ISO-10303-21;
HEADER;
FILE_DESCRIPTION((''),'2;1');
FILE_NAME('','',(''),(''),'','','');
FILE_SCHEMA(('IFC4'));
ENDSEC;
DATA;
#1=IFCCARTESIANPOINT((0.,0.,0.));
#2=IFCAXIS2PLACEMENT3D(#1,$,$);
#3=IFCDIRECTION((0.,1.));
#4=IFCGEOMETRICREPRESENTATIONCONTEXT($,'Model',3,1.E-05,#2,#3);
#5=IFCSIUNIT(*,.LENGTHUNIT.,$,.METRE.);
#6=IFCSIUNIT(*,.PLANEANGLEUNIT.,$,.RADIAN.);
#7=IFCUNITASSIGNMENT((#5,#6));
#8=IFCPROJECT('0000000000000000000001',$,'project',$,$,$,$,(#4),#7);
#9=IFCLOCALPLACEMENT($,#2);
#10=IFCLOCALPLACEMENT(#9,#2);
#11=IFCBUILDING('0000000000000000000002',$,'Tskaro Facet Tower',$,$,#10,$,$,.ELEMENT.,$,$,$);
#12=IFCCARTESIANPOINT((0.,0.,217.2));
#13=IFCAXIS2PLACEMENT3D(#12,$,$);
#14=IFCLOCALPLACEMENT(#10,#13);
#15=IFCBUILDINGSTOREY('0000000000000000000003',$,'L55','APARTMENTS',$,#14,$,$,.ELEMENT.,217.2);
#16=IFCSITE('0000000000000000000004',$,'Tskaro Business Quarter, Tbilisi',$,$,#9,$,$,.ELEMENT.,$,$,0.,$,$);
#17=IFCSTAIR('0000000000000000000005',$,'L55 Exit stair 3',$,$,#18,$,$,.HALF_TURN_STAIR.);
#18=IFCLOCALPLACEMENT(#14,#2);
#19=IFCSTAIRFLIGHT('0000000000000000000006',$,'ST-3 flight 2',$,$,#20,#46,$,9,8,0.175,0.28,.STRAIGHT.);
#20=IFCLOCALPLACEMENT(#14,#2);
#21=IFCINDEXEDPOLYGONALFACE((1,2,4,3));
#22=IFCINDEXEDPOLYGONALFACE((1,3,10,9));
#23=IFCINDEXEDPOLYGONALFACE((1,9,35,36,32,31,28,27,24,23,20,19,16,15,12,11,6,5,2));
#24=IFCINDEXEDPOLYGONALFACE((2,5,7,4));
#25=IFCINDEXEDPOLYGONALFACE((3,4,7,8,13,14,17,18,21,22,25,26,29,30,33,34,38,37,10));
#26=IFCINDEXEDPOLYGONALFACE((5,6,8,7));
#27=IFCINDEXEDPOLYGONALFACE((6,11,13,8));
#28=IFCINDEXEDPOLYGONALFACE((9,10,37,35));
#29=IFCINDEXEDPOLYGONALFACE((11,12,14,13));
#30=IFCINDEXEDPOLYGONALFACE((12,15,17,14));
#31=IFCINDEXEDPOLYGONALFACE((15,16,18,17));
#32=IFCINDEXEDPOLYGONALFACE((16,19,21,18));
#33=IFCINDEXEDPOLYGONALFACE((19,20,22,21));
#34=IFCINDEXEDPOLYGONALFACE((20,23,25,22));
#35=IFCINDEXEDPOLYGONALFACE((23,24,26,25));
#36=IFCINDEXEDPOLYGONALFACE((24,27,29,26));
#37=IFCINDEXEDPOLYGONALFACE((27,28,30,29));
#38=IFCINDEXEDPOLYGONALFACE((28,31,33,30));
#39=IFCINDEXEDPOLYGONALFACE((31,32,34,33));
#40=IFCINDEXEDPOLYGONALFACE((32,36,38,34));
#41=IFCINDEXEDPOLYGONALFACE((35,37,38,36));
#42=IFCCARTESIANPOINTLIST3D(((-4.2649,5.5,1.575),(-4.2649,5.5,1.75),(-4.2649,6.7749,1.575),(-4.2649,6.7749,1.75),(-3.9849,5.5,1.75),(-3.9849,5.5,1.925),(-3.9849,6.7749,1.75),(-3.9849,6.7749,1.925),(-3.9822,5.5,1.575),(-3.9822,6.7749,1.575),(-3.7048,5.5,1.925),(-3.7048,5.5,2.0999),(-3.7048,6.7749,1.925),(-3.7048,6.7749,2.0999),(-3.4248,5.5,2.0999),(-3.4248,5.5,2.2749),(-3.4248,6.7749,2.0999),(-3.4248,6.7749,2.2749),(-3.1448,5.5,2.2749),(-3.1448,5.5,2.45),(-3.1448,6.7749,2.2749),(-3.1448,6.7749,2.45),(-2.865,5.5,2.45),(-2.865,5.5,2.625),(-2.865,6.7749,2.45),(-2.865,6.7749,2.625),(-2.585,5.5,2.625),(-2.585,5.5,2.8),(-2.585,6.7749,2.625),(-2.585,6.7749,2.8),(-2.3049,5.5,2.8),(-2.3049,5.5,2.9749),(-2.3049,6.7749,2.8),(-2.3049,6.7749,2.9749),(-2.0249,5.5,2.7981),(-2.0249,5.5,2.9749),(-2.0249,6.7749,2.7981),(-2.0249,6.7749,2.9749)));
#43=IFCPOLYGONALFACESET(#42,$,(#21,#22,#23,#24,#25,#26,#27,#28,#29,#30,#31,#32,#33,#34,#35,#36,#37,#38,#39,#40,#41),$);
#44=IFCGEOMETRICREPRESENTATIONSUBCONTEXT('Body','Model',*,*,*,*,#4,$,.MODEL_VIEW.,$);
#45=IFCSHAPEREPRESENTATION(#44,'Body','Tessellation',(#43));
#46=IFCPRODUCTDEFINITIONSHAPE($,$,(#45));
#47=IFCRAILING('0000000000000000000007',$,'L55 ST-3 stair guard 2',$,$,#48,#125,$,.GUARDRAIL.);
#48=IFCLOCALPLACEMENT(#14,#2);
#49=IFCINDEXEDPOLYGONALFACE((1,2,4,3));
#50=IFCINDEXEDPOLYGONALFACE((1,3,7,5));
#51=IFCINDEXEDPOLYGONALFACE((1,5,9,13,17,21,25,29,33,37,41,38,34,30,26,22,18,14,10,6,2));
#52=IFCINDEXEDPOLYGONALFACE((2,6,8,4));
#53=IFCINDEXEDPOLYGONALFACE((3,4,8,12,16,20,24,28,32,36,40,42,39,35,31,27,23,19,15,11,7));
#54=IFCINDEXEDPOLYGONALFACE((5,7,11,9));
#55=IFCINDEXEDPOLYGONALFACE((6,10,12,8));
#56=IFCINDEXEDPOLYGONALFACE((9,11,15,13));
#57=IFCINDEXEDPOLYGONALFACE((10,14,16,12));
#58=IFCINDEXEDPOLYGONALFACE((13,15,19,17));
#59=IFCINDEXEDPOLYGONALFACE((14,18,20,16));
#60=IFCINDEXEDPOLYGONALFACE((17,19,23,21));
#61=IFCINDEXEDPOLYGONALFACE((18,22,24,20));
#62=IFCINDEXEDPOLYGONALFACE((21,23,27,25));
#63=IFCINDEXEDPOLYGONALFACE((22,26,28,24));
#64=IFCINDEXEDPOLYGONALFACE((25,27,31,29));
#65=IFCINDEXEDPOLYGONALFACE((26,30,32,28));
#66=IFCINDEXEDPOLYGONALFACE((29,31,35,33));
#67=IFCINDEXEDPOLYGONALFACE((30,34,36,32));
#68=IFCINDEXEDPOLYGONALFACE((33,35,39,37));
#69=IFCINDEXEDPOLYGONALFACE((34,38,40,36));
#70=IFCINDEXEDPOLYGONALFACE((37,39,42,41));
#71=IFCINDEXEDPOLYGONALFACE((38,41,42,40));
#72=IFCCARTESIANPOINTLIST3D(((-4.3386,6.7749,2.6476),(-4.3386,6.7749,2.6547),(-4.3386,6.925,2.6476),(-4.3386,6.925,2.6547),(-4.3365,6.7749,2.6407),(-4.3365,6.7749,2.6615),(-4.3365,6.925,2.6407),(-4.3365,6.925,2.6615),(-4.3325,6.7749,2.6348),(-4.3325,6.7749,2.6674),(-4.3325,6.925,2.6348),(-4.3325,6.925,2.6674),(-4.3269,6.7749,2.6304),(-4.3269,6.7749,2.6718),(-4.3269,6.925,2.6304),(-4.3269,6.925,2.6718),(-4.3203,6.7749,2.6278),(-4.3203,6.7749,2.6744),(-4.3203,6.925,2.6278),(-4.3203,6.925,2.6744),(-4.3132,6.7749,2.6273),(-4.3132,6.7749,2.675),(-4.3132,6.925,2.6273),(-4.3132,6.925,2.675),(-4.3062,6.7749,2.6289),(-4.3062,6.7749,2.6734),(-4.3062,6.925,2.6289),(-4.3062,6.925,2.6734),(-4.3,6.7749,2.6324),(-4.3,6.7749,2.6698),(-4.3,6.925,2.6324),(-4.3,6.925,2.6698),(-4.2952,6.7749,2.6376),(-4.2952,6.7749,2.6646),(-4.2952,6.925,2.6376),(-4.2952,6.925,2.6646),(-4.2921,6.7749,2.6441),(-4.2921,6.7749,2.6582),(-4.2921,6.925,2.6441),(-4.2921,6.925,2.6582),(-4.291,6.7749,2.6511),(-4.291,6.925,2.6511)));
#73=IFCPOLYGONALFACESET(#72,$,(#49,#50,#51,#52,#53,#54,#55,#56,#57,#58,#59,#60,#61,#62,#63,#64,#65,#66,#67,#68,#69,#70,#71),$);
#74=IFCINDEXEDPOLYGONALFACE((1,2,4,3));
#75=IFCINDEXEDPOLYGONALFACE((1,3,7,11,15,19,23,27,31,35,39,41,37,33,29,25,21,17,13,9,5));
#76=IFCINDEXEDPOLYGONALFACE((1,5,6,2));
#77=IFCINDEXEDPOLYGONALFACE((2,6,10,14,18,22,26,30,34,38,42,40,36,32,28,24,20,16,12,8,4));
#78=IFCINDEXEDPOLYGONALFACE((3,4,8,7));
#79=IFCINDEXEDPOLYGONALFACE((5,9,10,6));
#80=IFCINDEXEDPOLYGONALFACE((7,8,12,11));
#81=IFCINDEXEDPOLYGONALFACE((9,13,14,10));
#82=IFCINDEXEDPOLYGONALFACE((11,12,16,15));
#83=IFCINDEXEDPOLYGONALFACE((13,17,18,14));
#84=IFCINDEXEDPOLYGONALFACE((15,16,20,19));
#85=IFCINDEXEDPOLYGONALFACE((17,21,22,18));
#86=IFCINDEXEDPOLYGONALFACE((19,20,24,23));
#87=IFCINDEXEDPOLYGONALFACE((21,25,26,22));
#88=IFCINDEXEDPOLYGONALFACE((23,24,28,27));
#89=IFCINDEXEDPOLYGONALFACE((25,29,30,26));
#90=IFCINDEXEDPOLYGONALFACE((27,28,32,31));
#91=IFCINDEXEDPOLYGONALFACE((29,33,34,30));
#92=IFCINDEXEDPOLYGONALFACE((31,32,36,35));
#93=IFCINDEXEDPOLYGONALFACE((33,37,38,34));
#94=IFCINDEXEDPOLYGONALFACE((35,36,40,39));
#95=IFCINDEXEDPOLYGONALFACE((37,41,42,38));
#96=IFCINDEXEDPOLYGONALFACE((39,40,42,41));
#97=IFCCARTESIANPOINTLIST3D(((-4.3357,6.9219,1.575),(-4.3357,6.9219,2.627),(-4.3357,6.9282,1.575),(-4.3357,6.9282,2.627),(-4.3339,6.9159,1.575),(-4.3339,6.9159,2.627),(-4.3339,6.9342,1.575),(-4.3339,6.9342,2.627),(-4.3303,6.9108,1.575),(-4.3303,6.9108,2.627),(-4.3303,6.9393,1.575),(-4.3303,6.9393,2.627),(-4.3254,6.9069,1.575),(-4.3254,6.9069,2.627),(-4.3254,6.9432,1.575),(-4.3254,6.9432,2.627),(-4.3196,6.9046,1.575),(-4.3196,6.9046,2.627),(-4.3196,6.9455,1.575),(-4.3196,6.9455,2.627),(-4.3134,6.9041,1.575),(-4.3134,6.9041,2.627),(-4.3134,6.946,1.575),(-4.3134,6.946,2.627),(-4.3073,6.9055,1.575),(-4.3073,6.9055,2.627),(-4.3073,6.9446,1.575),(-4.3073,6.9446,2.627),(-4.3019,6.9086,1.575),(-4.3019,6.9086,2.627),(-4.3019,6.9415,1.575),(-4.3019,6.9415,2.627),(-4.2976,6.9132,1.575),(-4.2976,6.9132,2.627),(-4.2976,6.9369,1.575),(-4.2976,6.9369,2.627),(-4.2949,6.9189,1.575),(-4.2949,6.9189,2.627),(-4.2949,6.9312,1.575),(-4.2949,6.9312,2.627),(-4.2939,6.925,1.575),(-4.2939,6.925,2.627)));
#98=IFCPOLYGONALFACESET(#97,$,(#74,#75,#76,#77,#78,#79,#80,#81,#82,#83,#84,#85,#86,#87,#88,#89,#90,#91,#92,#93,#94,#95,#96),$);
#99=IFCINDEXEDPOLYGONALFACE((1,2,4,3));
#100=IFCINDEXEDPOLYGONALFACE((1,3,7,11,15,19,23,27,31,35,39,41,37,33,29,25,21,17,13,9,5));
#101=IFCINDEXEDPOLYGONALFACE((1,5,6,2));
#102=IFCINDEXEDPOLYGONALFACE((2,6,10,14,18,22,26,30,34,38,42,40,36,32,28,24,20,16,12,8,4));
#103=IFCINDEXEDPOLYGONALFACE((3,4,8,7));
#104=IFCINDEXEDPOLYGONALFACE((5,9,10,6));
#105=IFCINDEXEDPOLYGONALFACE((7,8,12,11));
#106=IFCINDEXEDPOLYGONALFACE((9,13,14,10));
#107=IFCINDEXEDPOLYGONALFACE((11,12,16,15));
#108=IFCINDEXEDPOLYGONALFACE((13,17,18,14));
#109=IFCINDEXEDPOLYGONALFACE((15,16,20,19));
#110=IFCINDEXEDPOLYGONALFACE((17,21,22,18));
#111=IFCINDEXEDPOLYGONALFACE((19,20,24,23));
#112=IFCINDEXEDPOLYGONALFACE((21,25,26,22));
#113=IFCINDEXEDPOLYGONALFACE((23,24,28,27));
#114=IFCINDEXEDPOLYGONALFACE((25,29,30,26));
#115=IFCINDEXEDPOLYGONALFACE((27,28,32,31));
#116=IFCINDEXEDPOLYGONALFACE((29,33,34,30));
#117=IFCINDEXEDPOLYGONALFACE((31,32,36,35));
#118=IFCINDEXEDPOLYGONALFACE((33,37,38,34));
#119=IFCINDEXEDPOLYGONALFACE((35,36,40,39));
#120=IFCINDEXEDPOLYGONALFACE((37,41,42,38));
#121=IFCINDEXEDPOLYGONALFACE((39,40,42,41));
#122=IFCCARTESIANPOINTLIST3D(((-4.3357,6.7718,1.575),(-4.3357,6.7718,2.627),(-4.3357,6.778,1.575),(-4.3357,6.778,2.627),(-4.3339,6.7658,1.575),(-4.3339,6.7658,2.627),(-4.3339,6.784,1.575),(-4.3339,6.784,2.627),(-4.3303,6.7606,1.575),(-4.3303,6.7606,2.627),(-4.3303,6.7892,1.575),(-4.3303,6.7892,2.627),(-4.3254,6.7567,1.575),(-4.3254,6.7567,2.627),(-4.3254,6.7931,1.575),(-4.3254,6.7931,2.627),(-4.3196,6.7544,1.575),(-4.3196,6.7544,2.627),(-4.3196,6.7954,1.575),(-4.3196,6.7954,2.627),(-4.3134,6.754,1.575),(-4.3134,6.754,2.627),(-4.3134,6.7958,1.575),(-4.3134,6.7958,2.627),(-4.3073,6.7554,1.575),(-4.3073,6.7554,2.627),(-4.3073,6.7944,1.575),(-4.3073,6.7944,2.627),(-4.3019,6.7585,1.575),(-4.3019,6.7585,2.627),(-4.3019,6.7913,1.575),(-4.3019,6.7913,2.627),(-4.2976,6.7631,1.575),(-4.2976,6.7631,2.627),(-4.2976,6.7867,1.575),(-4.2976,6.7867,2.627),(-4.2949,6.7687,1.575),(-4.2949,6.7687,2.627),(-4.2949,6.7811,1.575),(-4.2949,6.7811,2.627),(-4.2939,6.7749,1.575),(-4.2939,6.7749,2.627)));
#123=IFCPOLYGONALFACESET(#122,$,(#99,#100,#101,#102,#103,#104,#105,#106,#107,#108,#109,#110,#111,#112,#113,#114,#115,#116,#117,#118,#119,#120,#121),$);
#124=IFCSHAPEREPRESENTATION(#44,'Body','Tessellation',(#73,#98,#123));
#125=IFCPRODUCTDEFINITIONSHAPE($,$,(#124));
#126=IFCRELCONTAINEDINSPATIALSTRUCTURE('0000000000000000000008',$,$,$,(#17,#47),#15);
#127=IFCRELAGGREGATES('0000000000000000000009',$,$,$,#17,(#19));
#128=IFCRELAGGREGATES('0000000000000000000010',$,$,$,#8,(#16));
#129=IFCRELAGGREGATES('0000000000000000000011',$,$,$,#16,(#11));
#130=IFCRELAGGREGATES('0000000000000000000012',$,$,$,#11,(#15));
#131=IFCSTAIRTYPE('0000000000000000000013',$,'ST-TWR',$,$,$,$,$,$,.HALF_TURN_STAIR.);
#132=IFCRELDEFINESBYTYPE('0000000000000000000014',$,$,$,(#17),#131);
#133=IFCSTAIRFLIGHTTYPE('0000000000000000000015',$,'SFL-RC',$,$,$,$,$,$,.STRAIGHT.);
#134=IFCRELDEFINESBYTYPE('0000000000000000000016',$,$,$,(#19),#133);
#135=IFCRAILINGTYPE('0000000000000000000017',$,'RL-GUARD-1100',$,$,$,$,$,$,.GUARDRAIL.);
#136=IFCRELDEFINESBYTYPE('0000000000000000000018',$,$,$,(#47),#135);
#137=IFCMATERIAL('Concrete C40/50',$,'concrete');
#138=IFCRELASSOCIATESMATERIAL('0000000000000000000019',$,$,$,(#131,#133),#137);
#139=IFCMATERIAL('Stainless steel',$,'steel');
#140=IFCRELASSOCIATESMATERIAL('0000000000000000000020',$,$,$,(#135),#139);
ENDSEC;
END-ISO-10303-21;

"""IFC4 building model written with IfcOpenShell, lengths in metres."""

from ifc_helpers import new_model, si_unit, direction, frame, origin, origin_2d, place, context, subcontext, project, spatial, polyline, circle, outline, extrude, material, type_object, element, aggregate, save


model = new_model("IFC4")

# Units and contexts
model_context = context("Model", 3, precision=1e-05, world=origin(), true_north=direction((0.0, 1.0)))
body_context = subcontext(model_context, "Body", "Model", "MODEL_VIEW")
ifc_project = project(units=[si_unit("LENGTHUNIT", "METRE"), si_unit("PLANEANGLEUNIT", "RADIAN")], contexts=[model_context])

# Site, building, storey
site_placement = place(None, origin())
site = spatial("IfcSite", under=ifc_project, at=site_placement, Name="Tskaro Business Quarter, Tbilisi", CompositionType="ELEMENT", RefElevation=0.0)
building_placement = place(site_placement, origin())
building = spatial("IfcBuilding", under=site, at=building_placement, Name="Tskaro Facet Tower", CompositionType="ELEMENT")
storey_placement = place(building_placement, frame((0.0, 0.0, 217.2)))
storey = spatial("IfcBuildingStorey", under=building, at=storey_placement, Name="L55", Description="APARTMENTS", CompositionType="ELEMENT", Elevation=217.2)

# Shared definitions
ifc_material_1 = material(Name="Concrete C40/50", Category="concrete")

# Stair, stair flight
stair_type = type_object("IfcStairType", Name="ST-TWR", PredefinedType="HALF_TURN_STAIR", material=ifc_material_1)
stair_placement = place(storey_placement, origin())
stair = element("IfcStair", 1, at=stair_placement, inside=storey, type_object=stair_type, Name="L55 Exit stair 3", PredefinedType="HALF_TURN_STAIR")
stair_flight_type = type_object("IfcStairFlightType", Name="SFL-RC", PredefinedType="STRAIGHT", material=ifc_material_1)
stair_flight_placement = place(storey_placement, frame((-4.2649, 6.1375, 1.575), z_axis=(0.0, 0.0, 1.0), x_axis=(1.0, 0.0, 0.0)))
stair_flight = element("IfcStairFlight", 2, at=stair_flight_placement, type_object=stair_flight_type, Name="ST-3 flight 2", NumberOfRisers=9, NumberOfTreads=8, PredefinedType="STRAIGHT", RiserHeight=0.175, TreadLength=0.28, context=body_context, shape_type="SweptSolid", body=[
    extrude(outline(polyline([(0.0, 0.0), (0.0, 0.175), (0.28, 0.175), (0.28, 0.3501), (0.5601, 0.3501), (0.5601, 0.5249), (0.8401, 0.5249), (0.8401, 0.7), (1.1201, 0.7), (1.1201, 0.875), (1.3999, 0.875), (1.3999, 1.05), (1.6799, 1.05), (1.6799, 1.2251), (1.96, 1.2251), (1.96, 1.3999), (2.24, 1.3999), (2.24, 1.575), (2.24, 1.2231), (0.2827, 0.0), (0.0, 0.0)])), frame((0.0, 0.6375, 0.0), z_axis=(0.0, -1.0, 0.0), x_axis=(1.0, 0.0, 0.0)), (0.0, 0.0, 1.0), 1.2749),
])
aggregate(stair, [stair_flight])

# Railing
ifc_material_2 = material(Name="Stainless steel", Category="steel")
railing_type_1 = type_object("IfcRailingType", Name="RL-GUARD-1100", PredefinedType="GUARDRAIL", material=ifc_material_2)
railing_1_placement = place(storey_placement, frame((-4.3149, 6.925, 1.575)))
element("IfcRailing", 3, at=railing_1_placement, inside=storey, type_object=railing_type_1, Name="L55 ST-3 stair guard 2", PredefinedType="GUARDRAIL", context=body_context, shape_type="SweptSolid", body=[
    extrude(circle(Radius=0.0239, at=origin_2d()), frame((0.0, 0.0, 1.0762), z_axis=(0.0, -1.0, 0.0), x_axis=(1.0, 0.0, 0.0)), (0.0, 0.0, 1.0), 0.1501),
    extrude(circle(Radius=0.021, at=origin_2d()), origin(), (0.0, 0.0, 1.0), 1.052),
    extrude(circle(Radius=0.021, at=origin_2d()), frame((0.0, -0.1501, 0.0)), (0.0, 0.0, 1.0), 1.052),
])

save(model, "model.ifc")
